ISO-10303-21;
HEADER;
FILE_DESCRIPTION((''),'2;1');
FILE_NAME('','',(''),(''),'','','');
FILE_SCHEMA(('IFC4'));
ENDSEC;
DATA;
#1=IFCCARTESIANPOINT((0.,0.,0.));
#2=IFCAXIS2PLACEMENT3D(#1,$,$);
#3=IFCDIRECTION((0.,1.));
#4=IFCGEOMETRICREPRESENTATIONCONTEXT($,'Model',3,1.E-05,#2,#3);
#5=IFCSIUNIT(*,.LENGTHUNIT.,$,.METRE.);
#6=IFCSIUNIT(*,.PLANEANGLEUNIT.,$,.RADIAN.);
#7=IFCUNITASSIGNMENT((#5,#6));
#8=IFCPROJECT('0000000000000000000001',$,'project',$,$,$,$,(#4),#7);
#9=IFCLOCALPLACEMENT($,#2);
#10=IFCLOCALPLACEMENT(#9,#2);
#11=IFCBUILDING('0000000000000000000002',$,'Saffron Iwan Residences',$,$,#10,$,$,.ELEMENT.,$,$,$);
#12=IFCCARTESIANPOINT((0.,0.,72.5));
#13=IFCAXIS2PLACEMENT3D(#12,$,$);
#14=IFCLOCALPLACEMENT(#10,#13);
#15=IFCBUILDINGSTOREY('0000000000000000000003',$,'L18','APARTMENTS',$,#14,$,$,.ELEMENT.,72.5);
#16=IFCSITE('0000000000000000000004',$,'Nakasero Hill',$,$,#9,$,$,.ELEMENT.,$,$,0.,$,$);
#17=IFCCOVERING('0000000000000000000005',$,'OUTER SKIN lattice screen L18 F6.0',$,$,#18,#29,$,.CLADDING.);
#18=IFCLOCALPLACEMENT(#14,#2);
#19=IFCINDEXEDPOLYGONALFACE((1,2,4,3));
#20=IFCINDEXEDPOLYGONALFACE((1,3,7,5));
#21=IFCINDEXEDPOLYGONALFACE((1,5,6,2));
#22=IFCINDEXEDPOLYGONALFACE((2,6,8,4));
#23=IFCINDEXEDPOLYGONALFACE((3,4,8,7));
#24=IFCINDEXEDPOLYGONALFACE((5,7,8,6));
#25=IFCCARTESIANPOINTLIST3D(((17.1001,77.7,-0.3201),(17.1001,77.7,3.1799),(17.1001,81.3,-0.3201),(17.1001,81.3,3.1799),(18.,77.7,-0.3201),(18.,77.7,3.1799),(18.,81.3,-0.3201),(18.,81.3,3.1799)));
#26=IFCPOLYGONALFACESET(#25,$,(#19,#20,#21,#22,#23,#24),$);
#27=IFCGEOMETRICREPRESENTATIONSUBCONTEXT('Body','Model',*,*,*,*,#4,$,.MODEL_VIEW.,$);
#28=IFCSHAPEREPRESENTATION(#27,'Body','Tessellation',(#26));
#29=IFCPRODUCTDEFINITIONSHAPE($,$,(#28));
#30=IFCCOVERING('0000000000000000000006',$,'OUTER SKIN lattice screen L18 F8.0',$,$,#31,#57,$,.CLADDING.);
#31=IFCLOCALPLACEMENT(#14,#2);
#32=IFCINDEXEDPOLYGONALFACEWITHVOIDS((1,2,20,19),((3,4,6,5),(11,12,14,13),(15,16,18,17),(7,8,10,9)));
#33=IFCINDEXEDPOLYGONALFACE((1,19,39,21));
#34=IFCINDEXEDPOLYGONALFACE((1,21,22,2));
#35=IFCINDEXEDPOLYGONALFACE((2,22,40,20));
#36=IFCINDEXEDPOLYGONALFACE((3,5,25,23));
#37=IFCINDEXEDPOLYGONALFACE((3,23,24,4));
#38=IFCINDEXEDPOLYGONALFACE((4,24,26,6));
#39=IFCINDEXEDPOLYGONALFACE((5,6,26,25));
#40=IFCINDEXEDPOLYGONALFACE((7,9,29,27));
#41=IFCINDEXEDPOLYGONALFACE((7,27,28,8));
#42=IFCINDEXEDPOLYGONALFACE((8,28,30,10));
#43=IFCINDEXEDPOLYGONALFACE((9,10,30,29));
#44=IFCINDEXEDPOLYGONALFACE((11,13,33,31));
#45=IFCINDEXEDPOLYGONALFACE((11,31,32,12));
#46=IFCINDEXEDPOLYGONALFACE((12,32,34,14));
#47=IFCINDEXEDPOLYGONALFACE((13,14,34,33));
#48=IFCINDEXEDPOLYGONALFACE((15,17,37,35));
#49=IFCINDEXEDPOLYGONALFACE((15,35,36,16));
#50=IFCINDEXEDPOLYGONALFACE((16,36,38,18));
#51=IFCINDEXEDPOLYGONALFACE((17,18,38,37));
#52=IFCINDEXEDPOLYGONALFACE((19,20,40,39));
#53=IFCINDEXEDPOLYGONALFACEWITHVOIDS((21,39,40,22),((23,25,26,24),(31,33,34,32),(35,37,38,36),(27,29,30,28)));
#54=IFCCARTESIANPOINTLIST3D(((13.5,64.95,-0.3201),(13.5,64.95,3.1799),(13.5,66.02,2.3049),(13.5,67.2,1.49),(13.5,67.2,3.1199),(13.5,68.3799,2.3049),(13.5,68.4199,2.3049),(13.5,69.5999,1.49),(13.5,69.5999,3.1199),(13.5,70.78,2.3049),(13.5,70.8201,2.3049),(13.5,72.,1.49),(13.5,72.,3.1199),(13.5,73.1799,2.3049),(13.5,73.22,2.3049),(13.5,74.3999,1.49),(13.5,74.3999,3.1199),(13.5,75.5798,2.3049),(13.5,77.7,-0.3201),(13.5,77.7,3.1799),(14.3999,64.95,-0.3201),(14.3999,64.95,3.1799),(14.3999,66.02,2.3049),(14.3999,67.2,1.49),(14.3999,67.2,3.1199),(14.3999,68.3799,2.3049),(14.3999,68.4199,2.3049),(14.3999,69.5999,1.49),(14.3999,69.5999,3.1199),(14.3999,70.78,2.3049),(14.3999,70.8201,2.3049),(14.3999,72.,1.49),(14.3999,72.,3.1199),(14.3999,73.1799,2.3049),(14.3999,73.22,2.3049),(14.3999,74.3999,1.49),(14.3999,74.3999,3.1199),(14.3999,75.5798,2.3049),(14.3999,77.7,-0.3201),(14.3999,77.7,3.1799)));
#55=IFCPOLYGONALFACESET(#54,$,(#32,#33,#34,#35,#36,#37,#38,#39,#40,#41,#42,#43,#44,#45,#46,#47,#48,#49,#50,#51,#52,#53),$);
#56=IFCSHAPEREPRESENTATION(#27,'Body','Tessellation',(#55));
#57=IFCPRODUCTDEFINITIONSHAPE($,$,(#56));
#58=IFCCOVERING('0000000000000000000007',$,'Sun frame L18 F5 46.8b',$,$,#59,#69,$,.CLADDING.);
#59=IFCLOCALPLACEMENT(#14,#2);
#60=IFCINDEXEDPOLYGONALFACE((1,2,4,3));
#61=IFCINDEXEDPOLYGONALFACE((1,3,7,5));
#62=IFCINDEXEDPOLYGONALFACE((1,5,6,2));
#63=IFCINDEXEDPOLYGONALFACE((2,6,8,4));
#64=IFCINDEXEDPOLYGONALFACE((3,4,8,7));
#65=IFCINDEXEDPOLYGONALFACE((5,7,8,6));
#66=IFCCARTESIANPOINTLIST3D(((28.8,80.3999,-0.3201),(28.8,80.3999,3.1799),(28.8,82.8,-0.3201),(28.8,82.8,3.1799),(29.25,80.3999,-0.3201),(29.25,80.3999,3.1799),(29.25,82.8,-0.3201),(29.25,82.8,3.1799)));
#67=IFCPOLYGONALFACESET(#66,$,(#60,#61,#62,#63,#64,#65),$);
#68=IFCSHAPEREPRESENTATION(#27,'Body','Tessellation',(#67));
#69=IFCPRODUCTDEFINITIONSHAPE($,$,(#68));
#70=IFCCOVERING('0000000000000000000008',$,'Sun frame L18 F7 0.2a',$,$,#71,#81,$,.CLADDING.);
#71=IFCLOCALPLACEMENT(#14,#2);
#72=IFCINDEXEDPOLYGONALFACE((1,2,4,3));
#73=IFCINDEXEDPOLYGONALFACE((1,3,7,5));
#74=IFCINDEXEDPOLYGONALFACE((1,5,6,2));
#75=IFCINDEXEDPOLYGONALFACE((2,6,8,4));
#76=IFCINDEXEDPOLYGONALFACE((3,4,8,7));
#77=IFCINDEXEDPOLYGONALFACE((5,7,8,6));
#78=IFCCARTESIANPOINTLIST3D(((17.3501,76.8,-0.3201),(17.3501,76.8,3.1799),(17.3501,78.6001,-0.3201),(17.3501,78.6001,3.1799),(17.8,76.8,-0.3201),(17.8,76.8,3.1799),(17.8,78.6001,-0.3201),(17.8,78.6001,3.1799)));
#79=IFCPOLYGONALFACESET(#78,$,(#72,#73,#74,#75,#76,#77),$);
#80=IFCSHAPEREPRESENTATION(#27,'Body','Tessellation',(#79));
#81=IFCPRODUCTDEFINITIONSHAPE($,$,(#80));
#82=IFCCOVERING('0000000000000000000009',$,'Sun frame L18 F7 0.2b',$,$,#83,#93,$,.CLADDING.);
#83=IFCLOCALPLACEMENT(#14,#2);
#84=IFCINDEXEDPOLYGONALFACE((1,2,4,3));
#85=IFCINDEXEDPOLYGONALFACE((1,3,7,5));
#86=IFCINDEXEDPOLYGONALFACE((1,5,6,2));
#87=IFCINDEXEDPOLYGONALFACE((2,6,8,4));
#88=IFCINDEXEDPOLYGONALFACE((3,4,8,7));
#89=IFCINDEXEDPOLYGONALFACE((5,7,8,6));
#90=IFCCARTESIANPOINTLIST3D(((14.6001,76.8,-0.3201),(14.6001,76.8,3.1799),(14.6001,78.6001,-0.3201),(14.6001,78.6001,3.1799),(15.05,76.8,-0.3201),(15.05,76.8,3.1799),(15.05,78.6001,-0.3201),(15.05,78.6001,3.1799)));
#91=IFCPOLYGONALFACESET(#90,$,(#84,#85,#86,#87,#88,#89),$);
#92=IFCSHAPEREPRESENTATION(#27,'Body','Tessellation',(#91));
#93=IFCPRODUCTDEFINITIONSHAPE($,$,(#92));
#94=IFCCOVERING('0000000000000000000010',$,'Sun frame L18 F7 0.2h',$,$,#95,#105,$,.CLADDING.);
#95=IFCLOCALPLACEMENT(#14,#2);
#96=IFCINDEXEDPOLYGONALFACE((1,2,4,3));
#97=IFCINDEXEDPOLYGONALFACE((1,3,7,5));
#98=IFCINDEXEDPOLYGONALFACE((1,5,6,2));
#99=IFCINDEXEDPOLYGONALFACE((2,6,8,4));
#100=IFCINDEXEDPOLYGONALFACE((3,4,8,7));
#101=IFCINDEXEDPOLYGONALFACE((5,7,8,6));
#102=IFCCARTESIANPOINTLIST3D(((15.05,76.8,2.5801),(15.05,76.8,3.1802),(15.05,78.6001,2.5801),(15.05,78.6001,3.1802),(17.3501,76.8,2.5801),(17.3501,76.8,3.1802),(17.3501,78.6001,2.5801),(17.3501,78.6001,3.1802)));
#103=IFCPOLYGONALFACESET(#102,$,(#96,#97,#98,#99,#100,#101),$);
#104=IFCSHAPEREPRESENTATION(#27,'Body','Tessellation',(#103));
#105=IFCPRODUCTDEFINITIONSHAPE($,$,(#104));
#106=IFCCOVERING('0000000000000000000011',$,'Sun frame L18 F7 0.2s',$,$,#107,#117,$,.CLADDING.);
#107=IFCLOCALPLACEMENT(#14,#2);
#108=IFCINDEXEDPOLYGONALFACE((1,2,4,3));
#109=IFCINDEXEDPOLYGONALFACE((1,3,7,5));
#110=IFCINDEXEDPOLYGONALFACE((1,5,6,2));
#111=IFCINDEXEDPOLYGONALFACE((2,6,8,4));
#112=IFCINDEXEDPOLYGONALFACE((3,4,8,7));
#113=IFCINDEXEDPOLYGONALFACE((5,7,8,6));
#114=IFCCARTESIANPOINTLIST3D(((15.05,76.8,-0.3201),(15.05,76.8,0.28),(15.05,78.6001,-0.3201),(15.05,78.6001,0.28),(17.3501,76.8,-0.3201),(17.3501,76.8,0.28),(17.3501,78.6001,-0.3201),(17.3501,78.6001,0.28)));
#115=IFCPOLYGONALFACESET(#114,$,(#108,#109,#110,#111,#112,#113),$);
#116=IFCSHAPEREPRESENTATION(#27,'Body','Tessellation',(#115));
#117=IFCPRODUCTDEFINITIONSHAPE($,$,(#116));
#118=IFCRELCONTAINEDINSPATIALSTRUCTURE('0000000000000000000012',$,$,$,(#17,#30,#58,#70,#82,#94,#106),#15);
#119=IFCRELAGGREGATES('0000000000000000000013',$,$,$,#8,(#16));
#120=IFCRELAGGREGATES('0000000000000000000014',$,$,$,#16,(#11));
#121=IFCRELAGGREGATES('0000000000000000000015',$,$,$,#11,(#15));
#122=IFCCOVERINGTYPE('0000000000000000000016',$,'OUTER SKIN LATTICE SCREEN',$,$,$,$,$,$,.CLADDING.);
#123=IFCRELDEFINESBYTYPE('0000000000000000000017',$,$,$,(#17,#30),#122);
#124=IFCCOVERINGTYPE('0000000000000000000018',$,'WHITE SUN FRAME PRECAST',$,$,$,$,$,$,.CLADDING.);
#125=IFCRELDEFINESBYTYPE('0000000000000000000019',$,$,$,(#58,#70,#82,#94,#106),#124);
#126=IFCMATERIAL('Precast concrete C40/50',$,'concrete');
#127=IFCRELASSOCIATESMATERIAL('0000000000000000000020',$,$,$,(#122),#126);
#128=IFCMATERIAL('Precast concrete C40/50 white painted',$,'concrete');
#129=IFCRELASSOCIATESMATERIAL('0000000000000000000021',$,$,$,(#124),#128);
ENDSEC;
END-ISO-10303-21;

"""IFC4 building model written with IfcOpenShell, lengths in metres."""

from ifc_helpers import new_model, si_unit, direction, frame, origin, place, context, subcontext, project, spatial, polyline, outline, extrude, material, type_object, element, save


model = new_model("IFC4")

# Units and contexts
model_context = context("Model", 3, precision=1e-05, world=origin(), true_north=direction((0.0, 1.0)))
body_context = subcontext(model_context, "Body", "Model", "MODEL_VIEW")
ifc_project = project(units=[si_unit("LENGTHUNIT", "METRE"), si_unit("PLANEANGLEUNIT", "RADIAN")], contexts=[model_context])

# Site, building, storey
site_placement = place(None, origin())
site = spatial("IfcSite", under=ifc_project, at=site_placement, Name="Nakasero Hill", CompositionType="ELEMENT", RefElevation=0.0)
building_placement = place(site_placement, origin())
building = spatial("IfcBuilding", under=site, at=building_placement, Name="Saffron Iwan Residences", CompositionType="ELEMENT")
storey_placement = place(building_placement, frame((0.0, 0.0, 72.5)))
storey = spatial("IfcBuildingStorey", under=building, at=storey_placement, Name="L18", Description="APARTMENTS", CompositionType="ELEMENT", Elevation=72.5)

# Coverings
ifc_material_1 = material(Name="Precast concrete C40/50", Category="concrete")
covering_type_1 = type_object("IfcCoveringType", Name="OUTER SKIN LATTICE SCREEN", PredefinedType="CLADDING", material=ifc_material_1)
covering_1_placement = place(storey_placement, frame((18.0, 81.3, -0.3201), z_axis=(-1.0, 0.0, 0.0), x_axis=(0.0, -1.0, 0.0)))
element("IfcCovering", 1, at=covering_1_placement, inside=storey, type_object=covering_type_1, Name="OUTER SKIN lattice screen L18 F6.0", PredefinedType="CLADDING", context=body_context, shape_type="SweptSolid", body=[
    extrude(outline(polyline([(0.0, 0.0), (3.6001, 0.0), (3.6001, 3.5), (0.0, 3.5), (0.0, 0.0)])), origin(), (0.0, 0.0, 1.0), 0.8999),
])
covering_2_placement = place(storey_placement, frame((14.3999, 77.7, -0.3201), z_axis=(-1.0, 0.0, 0.0), x_axis=(0.0, -1.0, 0.0)))
element("IfcCovering", 2, at=covering_2_placement, inside=storey, type_object=covering_type_1, Name="OUTER SKIN lattice screen L18 F8.0", PredefinedType="CLADDING", context=body_context, shape_type="SweptSolid", body=[
    extrude(outline(polyline([(0.0, 0.0), (12.75, 0.0), (12.75, 3.5), (0.0, 3.5), (0.0, 0.0)]), holes=[polyline([(2.1201, 2.625), (3.3, 1.8101), (4.48, 2.625), (3.3, 3.4399), (2.1201, 2.625)]), polyline([(4.52, 2.625), (5.7, 1.8101), (6.8799, 2.625), (5.7, 3.4399), (4.52, 2.625)]), polyline([(6.9199, 2.625), (8.1001, 1.8101), (9.28, 2.625), (8.1001, 3.4399), (6.9199, 2.625)]), polyline([(9.3201, 2.625), (10.5, 1.8101), (11.6799, 2.625), (10.5, 3.4399), (9.3201, 2.625)])]), origin(), (0.0, 0.0, 1.0), 0.8999),
])
ifc_material_2 = material(Name="Precast concrete C40/50 white painted", Category="concrete")
covering_type_2 = type_object("IfcCoveringType", Name="WHITE SUN FRAME PRECAST", PredefinedType="CLADDING", material=ifc_material_2)
covering_3_placement = place(storey_placement, frame((29.25, 80.3999, -0.3201), z_axis=(0.0, 1.0, 0.0), x_axis=(-1.0, 0.0, 0.0)))
element("IfcCovering", 3, at=covering_3_placement, inside=storey, type_object=covering_type_2, Name="Sun frame L18 F5 46.8b", PredefinedType="CLADDING", context=body_context, shape_type="SweptSolid", body=[
    extrude(outline(polyline([(0.0, 0.0), (0.45, 0.0), (0.45, 3.5), (0.0, 3.5), (0.0, 0.0)])), origin(), (0.0, 0.0, 1.0), 2.4001),
])
for number, where, z_axis, x_axis, name in (
    (4, (17.8, 76.8, -0.3201), (0.0, 1.0, 0.0), (-1.0, 0.0, 0.0), "Sun frame L18 F7 0.2a"),
    (5, (15.05, 76.8, -0.3201), (0.0, 1.0, 0.0), (-1.0, 0.0, 0.0), "Sun frame L18 F7 0.2b"),
):
    element("IfcCovering", number, at=place(storey_placement, frame(where, z_axis=z_axis, x_axis=x_axis)), inside=storey, type_object=covering_type_2, Name=name, PredefinedType="CLADDING", context=body_context, shape_type="SweptSolid", body=[
        extrude(outline(polyline([(0.0, 0.0), (0.45, 0.0), (0.45, 3.5), (0.0, 3.5), (0.0, 0.0)])), origin(), (0.0, 0.0, 1.0), 1.8),
    ])
for number, where, z_axis, x_axis, name in (
    (6, (17.3501, 76.8, 2.5801), (0.0, 1.0, 0.0), (-1.0, 0.0, 0.0), "Sun frame L18 F7 0.2h"),
    (7, (17.3501, 76.8, -0.3201), (0.0, 1.0, 0.0), (-1.0, 0.0, 0.0), "Sun frame L18 F7 0.2s"),
):
    element("IfcCovering", number, at=place(storey_placement, frame(where, z_axis=z_axis, x_axis=x_axis)), inside=storey, type_object=covering_type_2, Name=name, PredefinedType="CLADDING", context=body_context, shape_type="SweptSolid", body=[
        extrude(outline(polyline([(0.0, 0.0), (2.3, 0.0), (2.3, 0.6001), (0.0, 0.6001), (0.0, 0.0)])), origin(), (0.0, 0.0, 1.0), 1.8),
    ])

save(model, "model.ifc")
